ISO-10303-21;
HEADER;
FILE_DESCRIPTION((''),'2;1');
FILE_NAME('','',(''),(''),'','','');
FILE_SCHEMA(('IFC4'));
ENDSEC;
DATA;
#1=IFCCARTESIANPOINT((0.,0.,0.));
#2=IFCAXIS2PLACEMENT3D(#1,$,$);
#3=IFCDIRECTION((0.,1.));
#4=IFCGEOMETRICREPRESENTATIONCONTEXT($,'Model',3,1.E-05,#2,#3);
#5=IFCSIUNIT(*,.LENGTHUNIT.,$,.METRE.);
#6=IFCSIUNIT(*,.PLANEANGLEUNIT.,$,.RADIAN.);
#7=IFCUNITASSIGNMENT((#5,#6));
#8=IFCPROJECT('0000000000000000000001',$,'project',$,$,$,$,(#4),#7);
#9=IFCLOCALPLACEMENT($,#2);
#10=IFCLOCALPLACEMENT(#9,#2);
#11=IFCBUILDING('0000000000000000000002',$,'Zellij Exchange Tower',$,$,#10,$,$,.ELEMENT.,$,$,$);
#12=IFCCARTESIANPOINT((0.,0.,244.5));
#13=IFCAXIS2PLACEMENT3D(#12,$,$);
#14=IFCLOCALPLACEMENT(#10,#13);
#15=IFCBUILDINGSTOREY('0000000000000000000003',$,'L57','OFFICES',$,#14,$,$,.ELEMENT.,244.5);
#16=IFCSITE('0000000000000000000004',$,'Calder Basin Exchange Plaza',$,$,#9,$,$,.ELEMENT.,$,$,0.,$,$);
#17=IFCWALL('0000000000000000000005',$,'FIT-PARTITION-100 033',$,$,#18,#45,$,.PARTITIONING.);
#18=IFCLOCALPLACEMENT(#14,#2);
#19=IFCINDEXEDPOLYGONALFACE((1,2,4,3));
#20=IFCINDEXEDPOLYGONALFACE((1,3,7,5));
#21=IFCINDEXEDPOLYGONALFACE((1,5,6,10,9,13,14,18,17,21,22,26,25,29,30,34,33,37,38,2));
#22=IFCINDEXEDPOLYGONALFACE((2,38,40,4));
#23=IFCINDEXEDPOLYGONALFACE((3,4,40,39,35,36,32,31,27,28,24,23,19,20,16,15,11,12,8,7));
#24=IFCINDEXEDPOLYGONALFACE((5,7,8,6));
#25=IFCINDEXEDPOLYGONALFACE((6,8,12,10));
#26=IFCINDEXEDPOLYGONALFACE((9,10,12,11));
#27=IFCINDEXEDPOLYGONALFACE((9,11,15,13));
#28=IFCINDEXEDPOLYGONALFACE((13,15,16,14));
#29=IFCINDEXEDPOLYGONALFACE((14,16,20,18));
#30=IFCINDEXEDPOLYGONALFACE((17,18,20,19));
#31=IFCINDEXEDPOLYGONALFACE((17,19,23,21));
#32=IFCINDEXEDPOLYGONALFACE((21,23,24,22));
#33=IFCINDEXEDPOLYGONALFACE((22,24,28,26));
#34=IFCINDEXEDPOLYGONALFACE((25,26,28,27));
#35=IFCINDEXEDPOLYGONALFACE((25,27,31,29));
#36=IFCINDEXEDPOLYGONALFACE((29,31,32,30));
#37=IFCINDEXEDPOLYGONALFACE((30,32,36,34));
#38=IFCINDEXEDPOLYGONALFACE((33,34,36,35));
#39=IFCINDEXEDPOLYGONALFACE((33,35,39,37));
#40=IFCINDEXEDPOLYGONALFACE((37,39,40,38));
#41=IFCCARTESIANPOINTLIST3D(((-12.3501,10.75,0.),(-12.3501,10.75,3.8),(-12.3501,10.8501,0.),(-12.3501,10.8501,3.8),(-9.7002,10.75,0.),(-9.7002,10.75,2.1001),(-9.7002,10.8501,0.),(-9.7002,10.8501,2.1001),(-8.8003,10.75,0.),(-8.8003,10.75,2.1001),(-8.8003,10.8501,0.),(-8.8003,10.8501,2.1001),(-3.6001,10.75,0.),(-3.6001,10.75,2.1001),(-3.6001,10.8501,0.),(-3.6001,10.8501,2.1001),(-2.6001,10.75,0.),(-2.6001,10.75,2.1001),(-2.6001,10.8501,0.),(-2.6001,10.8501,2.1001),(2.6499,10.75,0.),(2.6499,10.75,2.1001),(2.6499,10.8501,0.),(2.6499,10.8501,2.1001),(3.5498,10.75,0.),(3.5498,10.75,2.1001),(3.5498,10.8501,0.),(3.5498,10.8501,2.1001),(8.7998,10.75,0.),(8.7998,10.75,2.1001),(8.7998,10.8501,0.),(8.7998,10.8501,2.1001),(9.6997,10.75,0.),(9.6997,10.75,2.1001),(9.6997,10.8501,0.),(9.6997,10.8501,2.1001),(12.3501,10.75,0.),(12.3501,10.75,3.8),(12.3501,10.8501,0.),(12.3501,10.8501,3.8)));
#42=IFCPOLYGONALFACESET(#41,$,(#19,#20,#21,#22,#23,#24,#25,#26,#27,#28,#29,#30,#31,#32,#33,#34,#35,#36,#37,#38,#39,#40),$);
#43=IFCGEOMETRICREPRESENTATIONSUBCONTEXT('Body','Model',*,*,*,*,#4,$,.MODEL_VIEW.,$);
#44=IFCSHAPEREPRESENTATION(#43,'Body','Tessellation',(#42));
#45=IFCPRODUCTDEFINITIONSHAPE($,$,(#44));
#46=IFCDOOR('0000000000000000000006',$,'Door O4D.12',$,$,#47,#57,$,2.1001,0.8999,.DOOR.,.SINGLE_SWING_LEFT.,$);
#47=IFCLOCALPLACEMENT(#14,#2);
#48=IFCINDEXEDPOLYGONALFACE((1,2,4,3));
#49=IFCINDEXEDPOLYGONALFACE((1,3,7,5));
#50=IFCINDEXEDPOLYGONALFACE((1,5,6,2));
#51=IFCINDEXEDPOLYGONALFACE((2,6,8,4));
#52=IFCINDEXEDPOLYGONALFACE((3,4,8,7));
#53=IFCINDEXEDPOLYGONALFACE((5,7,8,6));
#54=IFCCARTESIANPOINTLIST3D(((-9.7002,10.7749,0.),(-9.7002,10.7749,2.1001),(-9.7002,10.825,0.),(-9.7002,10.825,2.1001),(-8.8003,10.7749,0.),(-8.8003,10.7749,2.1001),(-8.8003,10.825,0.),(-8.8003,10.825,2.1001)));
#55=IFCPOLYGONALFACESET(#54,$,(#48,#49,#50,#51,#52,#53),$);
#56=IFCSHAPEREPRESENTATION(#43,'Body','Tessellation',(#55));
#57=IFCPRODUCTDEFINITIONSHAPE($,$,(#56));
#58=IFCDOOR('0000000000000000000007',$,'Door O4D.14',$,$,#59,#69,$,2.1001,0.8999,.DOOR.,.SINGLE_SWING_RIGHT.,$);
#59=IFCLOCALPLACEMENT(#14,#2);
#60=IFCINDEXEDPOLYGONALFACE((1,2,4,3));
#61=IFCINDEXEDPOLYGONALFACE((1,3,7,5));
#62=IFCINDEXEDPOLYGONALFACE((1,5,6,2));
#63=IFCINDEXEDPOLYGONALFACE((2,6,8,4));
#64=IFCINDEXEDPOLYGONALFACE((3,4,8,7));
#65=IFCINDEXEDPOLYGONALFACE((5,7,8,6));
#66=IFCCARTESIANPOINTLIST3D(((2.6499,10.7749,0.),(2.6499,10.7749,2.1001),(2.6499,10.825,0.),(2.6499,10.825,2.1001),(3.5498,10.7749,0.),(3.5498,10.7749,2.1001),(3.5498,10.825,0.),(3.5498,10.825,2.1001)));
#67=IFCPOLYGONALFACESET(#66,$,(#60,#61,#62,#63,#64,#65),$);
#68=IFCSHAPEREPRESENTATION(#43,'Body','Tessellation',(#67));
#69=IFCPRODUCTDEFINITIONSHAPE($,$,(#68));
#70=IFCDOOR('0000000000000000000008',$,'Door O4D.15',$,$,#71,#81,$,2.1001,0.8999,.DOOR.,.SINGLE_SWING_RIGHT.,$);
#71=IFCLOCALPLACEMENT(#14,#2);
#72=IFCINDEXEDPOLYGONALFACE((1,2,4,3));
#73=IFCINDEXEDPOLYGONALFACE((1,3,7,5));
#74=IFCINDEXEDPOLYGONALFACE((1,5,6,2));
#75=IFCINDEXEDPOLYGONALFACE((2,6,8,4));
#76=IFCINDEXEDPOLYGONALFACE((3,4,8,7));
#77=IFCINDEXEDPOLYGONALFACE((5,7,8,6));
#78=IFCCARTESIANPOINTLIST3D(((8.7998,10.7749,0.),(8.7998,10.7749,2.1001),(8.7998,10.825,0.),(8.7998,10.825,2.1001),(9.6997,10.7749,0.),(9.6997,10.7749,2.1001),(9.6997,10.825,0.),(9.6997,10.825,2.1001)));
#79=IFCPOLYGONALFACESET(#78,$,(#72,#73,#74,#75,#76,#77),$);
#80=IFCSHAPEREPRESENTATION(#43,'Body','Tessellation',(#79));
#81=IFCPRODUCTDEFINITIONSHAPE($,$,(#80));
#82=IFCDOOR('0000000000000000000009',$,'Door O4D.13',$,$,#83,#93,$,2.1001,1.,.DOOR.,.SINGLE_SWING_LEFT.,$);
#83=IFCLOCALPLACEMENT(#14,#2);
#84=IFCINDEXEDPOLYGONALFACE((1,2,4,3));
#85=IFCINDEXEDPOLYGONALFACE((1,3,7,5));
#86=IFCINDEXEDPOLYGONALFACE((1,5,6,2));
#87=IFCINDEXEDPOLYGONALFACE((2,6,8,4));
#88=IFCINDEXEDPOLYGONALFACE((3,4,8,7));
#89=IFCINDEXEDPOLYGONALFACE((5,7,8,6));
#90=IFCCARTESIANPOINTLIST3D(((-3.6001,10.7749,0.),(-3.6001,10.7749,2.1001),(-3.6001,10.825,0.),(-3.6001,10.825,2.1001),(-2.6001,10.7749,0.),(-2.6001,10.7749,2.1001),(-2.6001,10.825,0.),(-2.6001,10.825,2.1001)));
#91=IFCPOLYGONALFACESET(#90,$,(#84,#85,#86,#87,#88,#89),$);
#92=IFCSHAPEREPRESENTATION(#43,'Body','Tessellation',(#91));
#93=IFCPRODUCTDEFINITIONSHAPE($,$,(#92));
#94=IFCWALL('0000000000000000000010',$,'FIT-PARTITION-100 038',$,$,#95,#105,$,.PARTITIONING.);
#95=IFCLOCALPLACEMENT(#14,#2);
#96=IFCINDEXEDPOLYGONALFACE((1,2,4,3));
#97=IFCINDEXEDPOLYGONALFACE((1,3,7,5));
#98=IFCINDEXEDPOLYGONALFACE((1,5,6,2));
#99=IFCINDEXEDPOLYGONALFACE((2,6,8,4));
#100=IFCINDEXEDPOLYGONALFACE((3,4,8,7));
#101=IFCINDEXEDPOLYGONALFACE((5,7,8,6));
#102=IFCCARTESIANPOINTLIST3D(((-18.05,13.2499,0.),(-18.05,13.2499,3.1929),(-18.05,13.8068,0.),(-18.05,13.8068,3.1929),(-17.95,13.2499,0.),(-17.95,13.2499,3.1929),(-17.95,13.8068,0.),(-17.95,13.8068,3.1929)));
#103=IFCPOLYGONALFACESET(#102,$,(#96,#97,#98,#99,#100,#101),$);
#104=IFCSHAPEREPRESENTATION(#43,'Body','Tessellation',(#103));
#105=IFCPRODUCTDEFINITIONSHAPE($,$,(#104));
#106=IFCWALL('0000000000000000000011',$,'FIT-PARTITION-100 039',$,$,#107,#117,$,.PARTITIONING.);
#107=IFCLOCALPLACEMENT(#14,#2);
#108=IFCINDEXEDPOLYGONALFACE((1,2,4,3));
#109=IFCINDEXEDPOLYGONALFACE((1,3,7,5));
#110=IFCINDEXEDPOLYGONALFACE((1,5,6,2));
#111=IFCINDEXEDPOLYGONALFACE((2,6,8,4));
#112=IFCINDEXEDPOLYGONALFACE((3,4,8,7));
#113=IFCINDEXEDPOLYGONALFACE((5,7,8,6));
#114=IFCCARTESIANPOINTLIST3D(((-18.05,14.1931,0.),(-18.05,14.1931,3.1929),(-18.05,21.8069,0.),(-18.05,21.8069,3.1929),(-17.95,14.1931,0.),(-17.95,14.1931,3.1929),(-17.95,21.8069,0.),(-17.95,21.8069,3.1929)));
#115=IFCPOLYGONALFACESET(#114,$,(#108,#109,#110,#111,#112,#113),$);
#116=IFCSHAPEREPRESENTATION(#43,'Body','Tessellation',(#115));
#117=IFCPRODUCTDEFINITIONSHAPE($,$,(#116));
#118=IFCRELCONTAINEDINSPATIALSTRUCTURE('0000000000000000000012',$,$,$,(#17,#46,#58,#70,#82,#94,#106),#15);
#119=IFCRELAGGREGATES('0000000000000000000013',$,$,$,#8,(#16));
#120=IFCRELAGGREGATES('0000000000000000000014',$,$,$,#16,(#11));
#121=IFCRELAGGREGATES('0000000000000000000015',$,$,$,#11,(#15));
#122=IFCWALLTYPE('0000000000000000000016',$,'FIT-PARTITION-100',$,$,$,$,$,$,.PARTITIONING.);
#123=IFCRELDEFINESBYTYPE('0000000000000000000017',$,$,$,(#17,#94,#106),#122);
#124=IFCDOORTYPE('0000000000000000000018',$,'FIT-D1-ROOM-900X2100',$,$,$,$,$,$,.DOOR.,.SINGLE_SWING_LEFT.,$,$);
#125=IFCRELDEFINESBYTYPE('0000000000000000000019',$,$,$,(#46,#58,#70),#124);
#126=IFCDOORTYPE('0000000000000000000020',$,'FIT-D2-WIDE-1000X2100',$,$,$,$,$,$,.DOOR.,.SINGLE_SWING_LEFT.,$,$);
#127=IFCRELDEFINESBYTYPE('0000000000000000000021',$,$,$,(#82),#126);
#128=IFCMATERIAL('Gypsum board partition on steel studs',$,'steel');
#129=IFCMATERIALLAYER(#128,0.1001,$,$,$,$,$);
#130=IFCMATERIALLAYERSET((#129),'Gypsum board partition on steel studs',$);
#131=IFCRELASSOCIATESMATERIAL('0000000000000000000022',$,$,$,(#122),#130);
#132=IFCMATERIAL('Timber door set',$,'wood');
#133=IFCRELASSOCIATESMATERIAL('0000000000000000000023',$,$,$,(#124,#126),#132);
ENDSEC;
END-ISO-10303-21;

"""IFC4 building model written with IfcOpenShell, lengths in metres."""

from ifc_helpers import new_model, si_unit, direction, frame, frame_2d, origin, place, context, subcontext, project, spatial, rectangle, extrude, material, layer, layer_set, type_object, element, fill, save


model = new_model("IFC4")

# Units and contexts
model_context = context("Model", 3, precision=1e-05, world=origin(), true_north=direction((0.0, 1.0)))
body_context = subcontext(model_context, "Body", "Model", "MODEL_VIEW")
ifc_project = project(units=[si_unit("LENGTHUNIT", "METRE"), si_unit("PLANEANGLEUNIT", "RADIAN")], contexts=[model_context])

# Site, building, storey
site_placement = place(None, origin())
site = spatial("IfcSite", under=ifc_project, at=site_placement, Name="Calder Basin Exchange Plaza", CompositionType="ELEMENT", RefElevation=0.0)
building_placement = place(site_placement, origin())
building = spatial("IfcBuilding", under=site, at=building_placement, Name="Zellij Exchange Tower", CompositionType="ELEMENT")
storey_placement = place(building_placement, frame((0.0, 0.0, 244.5)))
storey = spatial("IfcBuildingStorey", under=building, at=storey_placement, Name="L57", Description="OFFICES", CompositionType="ELEMENT", Elevation=244.5)

# Shared definitions
ifc_material_1 = material(Name="Gypsum board partition on steel studs", Category="steel")
ifc_layer = layer(ifc_material_1, 0.1001)
ifc_layer_set = layer_set([ifc_layer], Name="Gypsum board partition on steel studs")
wall_type = type_object("IfcWallType", Name="FIT-PARTITION-100", PredefinedType="PARTITIONING", material=ifc_layer_set)

# Wall, openings, doors
wall_1_placement = place(storey_placement, frame((-12.3501, 10.8, 0.0), z_axis=(0.0, 0.0, 1.0), x_axis=(1.0, 0.0, 0.0)))
wall_1 = element("IfcWall", 1, at=wall_1_placement, inside=storey, type_object=wall_type, Name="FIT-PARTITION-100 033", PredefinedType="PARTITIONING", context=body_context, shape_type="SweptSolid", body=[
    extrude(rectangle(XDim=24.7002, YDim=0.1001, at=frame_2d((12.3501, 0.0))), origin(), (0.0, 0.0, 1.0), 3.8),
])
opening_1_placement = place(wall_1_placement, frame((2.6499, 0.0, 0.0)))
opening_1 = element("IfcOpeningElement", 2, at=opening_1_placement, cuts=wall_1, PredefinedType="OPENING", context=body_context, shape_type="SweptSolid", body=[
    extrude(rectangle(XDim=0.8999, YDim=2.1001, at=frame_2d((0.45, 1.05))), frame((0.0, 0.062, 0.0), z_axis=(0.0, -1.0, 0.0), x_axis=(1.0, 0.0, 0.0)), (0.0, 0.0, 1.0), 0.124),
])
opening_2_placement = place(wall_1_placement, frame((8.75, 0.0, 0.0)))
opening_2 = element("IfcOpeningElement", 3, at=opening_2_placement, cuts=wall_1, PredefinedType="OPENING", context=body_context, shape_type="SweptSolid", body=[
    extrude(rectangle(XDim=1.0, YDim=2.1001, at=frame_2d((0.5, 1.05))), frame((0.0, 0.062, 0.0), z_axis=(0.0, -1.0, 0.0), x_axis=(1.0, 0.0, 0.0)), (0.0, 0.0, 1.0), 0.124),
])
opening_3_placement = place(wall_1_placement, frame((15.0, 0.0, 0.0)))
opening_3 = element("IfcOpeningElement", 4, at=opening_3_placement, cuts=wall_1, PredefinedType="OPENING", context=body_context, shape_type="SweptSolid", body=[
    extrude(rectangle(XDim=0.8999, YDim=2.1001, at=frame_2d((0.45, 1.05))), frame((0.0, 0.062, 0.0), z_axis=(0.0, -1.0, 0.0), x_axis=(1.0, 0.0, 0.0)), (0.0, 0.0, 1.0), 0.124),
])
opening_4_placement = place(wall_1_placement, frame((21.1499, 0.0, 0.0)))
opening_4 = element("IfcOpeningElement", 5, at=opening_4_placement, cuts=wall_1, PredefinedType="OPENING", context=body_context, shape_type="SweptSolid", body=[
    extrude(rectangle(XDim=0.8999, YDim=2.1001, at=frame_2d((0.45, 1.05))), frame((0.0, 0.062, 0.0), z_axis=(0.0, -1.0, 0.0), x_axis=(1.0, 0.0, 0.0)), (0.0, 0.0, 1.0), 0.124),
])
ifc_material_2 = material(Name="Timber door set", Category="wood")
door_type_1 = type_object("IfcDoorType", Name="FIT-D1-ROOM-900X2100", OperationType="SINGLE_SWING_LEFT", PredefinedType="DOOR", material=ifc_material_2)
door_1_placement = place(opening_1_placement, origin())
door_1 = element("IfcDoor", 6, at=door_1_placement, inside=storey, type_object=door_type_1, Name="Door O4D.12", OperationType="SINGLE_SWING_LEFT", OverallHeight=2.1001, OverallWidth=0.8999, PredefinedType="DOOR", context=body_context, shape_type="SweptSolid", body=[
    extrude(rectangle(XDim=0.8999, YDim=2.1001, at=frame_2d((0.45, 1.05))), frame((0.0, 0.0249, 0.0), z_axis=(0.0, -1.0, 0.0), x_axis=(1.0, 0.0, 0.0)), (0.0, 0.0, 1.0), 0.05),
])
fill(opening_1, door_1)
door_2_placement = place(opening_3_placement, origin())
door_2 = element("IfcDoor", 7, at=door_2_placement, inside=storey, type_object=door_type_1, Name="Door O4D.14", OperationType="SINGLE_SWING_RIGHT", OverallHeight=2.1001, OverallWidth=0.8999, PredefinedType="DOOR", context=body_context, shape_type="SweptSolid", body=[
    extrude(rectangle(XDim=0.8999, YDim=2.1001, at=frame_2d((0.45, 1.05))), frame((0.0, 0.0249, 0.0), z_axis=(0.0, -1.0, 0.0), x_axis=(1.0, 0.0, 0.0)), (0.0, 0.0, 1.0), 0.05),
])
fill(opening_3, door_2)
door_3_placement = place(opening_4_placement, origin())
door_3 = element("IfcDoor", 8, at=door_3_placement, inside=storey, type_object=door_type_1, Name="Door O4D.15", OperationType="SINGLE_SWING_RIGHT", OverallHeight=2.1001, OverallWidth=0.8999, PredefinedType="DOOR", context=body_context, shape_type="SweptSolid", body=[
    extrude(rectangle(XDim=0.8999, YDim=2.1001, at=frame_2d((0.45, 1.05))), frame((0.0, 0.0249, 0.0), z_axis=(0.0, -1.0, 0.0), x_axis=(1.0, 0.0, 0.0)), (0.0, 0.0, 1.0), 0.05),
])
fill(opening_4, door_3)
door_type_2 = type_object("IfcDoorType", Name="FIT-D2-WIDE-1000X2100", OperationType="SINGLE_SWING_LEFT", PredefinedType="DOOR", material=ifc_material_2)
door_4_placement = place(opening_2_placement, origin())
door_4 = element("IfcDoor", 9, at=door_4_placement, inside=storey, type_object=door_type_2, Name="Door O4D.13", OperationType="SINGLE_SWING_LEFT", OverallHeight=2.1001, OverallWidth=1.0, PredefinedType="DOOR", context=body_context, shape_type="SweptSolid", body=[
    extrude(rectangle(XDim=1.0, YDim=2.1001, at=frame_2d((0.5, 1.05))), frame((0.0, 0.0249, 0.0), z_axis=(0.0, -1.0, 0.0), x_axis=(1.0, 0.0, 0.0)), (0.0, 0.0, 1.0), 0.05),
])
fill(opening_2, door_4)

# Walls
wall_2_placement = place(storey_placement, frame((-18.0, 13.25, 0.0), z_axis=(0.0, 0.0, 1.0), x_axis=(0.0, 1.0, 0.0)))
element("IfcWall", 10, at=wall_2_placement, inside=storey, type_object=wall_type, Name="FIT-PARTITION-100 038", PredefinedType="PARTITIONING", context=body_context, shape_type="SweptSolid", body=[
    extrude(rectangle(XDim=0.5569, YDim=0.1001, at=frame_2d((0.2783, 0.0))), origin(), (0.0, 0.0, 1.0), 3.1929),
])
wall_3_placement = place(storey_placement, frame((-18.0, 14.1931, 0.0), z_axis=(0.0, 0.0, 1.0), x_axis=(0.0, 1.0, 0.0)))
element("IfcWall", 11, at=wall_3_placement, inside=storey, type_object=wall_type, Name="FIT-PARTITION-100 039", PredefinedType="PARTITIONING", context=body_context, shape_type="SweptSolid", body=[
    extrude(rectangle(XDim=7.6138, YDim=0.1001, at=frame_2d((3.8069, 0.0))), origin(), (0.0, 0.0, 1.0), 3.1929),
])

save(model, "model.ifc")
